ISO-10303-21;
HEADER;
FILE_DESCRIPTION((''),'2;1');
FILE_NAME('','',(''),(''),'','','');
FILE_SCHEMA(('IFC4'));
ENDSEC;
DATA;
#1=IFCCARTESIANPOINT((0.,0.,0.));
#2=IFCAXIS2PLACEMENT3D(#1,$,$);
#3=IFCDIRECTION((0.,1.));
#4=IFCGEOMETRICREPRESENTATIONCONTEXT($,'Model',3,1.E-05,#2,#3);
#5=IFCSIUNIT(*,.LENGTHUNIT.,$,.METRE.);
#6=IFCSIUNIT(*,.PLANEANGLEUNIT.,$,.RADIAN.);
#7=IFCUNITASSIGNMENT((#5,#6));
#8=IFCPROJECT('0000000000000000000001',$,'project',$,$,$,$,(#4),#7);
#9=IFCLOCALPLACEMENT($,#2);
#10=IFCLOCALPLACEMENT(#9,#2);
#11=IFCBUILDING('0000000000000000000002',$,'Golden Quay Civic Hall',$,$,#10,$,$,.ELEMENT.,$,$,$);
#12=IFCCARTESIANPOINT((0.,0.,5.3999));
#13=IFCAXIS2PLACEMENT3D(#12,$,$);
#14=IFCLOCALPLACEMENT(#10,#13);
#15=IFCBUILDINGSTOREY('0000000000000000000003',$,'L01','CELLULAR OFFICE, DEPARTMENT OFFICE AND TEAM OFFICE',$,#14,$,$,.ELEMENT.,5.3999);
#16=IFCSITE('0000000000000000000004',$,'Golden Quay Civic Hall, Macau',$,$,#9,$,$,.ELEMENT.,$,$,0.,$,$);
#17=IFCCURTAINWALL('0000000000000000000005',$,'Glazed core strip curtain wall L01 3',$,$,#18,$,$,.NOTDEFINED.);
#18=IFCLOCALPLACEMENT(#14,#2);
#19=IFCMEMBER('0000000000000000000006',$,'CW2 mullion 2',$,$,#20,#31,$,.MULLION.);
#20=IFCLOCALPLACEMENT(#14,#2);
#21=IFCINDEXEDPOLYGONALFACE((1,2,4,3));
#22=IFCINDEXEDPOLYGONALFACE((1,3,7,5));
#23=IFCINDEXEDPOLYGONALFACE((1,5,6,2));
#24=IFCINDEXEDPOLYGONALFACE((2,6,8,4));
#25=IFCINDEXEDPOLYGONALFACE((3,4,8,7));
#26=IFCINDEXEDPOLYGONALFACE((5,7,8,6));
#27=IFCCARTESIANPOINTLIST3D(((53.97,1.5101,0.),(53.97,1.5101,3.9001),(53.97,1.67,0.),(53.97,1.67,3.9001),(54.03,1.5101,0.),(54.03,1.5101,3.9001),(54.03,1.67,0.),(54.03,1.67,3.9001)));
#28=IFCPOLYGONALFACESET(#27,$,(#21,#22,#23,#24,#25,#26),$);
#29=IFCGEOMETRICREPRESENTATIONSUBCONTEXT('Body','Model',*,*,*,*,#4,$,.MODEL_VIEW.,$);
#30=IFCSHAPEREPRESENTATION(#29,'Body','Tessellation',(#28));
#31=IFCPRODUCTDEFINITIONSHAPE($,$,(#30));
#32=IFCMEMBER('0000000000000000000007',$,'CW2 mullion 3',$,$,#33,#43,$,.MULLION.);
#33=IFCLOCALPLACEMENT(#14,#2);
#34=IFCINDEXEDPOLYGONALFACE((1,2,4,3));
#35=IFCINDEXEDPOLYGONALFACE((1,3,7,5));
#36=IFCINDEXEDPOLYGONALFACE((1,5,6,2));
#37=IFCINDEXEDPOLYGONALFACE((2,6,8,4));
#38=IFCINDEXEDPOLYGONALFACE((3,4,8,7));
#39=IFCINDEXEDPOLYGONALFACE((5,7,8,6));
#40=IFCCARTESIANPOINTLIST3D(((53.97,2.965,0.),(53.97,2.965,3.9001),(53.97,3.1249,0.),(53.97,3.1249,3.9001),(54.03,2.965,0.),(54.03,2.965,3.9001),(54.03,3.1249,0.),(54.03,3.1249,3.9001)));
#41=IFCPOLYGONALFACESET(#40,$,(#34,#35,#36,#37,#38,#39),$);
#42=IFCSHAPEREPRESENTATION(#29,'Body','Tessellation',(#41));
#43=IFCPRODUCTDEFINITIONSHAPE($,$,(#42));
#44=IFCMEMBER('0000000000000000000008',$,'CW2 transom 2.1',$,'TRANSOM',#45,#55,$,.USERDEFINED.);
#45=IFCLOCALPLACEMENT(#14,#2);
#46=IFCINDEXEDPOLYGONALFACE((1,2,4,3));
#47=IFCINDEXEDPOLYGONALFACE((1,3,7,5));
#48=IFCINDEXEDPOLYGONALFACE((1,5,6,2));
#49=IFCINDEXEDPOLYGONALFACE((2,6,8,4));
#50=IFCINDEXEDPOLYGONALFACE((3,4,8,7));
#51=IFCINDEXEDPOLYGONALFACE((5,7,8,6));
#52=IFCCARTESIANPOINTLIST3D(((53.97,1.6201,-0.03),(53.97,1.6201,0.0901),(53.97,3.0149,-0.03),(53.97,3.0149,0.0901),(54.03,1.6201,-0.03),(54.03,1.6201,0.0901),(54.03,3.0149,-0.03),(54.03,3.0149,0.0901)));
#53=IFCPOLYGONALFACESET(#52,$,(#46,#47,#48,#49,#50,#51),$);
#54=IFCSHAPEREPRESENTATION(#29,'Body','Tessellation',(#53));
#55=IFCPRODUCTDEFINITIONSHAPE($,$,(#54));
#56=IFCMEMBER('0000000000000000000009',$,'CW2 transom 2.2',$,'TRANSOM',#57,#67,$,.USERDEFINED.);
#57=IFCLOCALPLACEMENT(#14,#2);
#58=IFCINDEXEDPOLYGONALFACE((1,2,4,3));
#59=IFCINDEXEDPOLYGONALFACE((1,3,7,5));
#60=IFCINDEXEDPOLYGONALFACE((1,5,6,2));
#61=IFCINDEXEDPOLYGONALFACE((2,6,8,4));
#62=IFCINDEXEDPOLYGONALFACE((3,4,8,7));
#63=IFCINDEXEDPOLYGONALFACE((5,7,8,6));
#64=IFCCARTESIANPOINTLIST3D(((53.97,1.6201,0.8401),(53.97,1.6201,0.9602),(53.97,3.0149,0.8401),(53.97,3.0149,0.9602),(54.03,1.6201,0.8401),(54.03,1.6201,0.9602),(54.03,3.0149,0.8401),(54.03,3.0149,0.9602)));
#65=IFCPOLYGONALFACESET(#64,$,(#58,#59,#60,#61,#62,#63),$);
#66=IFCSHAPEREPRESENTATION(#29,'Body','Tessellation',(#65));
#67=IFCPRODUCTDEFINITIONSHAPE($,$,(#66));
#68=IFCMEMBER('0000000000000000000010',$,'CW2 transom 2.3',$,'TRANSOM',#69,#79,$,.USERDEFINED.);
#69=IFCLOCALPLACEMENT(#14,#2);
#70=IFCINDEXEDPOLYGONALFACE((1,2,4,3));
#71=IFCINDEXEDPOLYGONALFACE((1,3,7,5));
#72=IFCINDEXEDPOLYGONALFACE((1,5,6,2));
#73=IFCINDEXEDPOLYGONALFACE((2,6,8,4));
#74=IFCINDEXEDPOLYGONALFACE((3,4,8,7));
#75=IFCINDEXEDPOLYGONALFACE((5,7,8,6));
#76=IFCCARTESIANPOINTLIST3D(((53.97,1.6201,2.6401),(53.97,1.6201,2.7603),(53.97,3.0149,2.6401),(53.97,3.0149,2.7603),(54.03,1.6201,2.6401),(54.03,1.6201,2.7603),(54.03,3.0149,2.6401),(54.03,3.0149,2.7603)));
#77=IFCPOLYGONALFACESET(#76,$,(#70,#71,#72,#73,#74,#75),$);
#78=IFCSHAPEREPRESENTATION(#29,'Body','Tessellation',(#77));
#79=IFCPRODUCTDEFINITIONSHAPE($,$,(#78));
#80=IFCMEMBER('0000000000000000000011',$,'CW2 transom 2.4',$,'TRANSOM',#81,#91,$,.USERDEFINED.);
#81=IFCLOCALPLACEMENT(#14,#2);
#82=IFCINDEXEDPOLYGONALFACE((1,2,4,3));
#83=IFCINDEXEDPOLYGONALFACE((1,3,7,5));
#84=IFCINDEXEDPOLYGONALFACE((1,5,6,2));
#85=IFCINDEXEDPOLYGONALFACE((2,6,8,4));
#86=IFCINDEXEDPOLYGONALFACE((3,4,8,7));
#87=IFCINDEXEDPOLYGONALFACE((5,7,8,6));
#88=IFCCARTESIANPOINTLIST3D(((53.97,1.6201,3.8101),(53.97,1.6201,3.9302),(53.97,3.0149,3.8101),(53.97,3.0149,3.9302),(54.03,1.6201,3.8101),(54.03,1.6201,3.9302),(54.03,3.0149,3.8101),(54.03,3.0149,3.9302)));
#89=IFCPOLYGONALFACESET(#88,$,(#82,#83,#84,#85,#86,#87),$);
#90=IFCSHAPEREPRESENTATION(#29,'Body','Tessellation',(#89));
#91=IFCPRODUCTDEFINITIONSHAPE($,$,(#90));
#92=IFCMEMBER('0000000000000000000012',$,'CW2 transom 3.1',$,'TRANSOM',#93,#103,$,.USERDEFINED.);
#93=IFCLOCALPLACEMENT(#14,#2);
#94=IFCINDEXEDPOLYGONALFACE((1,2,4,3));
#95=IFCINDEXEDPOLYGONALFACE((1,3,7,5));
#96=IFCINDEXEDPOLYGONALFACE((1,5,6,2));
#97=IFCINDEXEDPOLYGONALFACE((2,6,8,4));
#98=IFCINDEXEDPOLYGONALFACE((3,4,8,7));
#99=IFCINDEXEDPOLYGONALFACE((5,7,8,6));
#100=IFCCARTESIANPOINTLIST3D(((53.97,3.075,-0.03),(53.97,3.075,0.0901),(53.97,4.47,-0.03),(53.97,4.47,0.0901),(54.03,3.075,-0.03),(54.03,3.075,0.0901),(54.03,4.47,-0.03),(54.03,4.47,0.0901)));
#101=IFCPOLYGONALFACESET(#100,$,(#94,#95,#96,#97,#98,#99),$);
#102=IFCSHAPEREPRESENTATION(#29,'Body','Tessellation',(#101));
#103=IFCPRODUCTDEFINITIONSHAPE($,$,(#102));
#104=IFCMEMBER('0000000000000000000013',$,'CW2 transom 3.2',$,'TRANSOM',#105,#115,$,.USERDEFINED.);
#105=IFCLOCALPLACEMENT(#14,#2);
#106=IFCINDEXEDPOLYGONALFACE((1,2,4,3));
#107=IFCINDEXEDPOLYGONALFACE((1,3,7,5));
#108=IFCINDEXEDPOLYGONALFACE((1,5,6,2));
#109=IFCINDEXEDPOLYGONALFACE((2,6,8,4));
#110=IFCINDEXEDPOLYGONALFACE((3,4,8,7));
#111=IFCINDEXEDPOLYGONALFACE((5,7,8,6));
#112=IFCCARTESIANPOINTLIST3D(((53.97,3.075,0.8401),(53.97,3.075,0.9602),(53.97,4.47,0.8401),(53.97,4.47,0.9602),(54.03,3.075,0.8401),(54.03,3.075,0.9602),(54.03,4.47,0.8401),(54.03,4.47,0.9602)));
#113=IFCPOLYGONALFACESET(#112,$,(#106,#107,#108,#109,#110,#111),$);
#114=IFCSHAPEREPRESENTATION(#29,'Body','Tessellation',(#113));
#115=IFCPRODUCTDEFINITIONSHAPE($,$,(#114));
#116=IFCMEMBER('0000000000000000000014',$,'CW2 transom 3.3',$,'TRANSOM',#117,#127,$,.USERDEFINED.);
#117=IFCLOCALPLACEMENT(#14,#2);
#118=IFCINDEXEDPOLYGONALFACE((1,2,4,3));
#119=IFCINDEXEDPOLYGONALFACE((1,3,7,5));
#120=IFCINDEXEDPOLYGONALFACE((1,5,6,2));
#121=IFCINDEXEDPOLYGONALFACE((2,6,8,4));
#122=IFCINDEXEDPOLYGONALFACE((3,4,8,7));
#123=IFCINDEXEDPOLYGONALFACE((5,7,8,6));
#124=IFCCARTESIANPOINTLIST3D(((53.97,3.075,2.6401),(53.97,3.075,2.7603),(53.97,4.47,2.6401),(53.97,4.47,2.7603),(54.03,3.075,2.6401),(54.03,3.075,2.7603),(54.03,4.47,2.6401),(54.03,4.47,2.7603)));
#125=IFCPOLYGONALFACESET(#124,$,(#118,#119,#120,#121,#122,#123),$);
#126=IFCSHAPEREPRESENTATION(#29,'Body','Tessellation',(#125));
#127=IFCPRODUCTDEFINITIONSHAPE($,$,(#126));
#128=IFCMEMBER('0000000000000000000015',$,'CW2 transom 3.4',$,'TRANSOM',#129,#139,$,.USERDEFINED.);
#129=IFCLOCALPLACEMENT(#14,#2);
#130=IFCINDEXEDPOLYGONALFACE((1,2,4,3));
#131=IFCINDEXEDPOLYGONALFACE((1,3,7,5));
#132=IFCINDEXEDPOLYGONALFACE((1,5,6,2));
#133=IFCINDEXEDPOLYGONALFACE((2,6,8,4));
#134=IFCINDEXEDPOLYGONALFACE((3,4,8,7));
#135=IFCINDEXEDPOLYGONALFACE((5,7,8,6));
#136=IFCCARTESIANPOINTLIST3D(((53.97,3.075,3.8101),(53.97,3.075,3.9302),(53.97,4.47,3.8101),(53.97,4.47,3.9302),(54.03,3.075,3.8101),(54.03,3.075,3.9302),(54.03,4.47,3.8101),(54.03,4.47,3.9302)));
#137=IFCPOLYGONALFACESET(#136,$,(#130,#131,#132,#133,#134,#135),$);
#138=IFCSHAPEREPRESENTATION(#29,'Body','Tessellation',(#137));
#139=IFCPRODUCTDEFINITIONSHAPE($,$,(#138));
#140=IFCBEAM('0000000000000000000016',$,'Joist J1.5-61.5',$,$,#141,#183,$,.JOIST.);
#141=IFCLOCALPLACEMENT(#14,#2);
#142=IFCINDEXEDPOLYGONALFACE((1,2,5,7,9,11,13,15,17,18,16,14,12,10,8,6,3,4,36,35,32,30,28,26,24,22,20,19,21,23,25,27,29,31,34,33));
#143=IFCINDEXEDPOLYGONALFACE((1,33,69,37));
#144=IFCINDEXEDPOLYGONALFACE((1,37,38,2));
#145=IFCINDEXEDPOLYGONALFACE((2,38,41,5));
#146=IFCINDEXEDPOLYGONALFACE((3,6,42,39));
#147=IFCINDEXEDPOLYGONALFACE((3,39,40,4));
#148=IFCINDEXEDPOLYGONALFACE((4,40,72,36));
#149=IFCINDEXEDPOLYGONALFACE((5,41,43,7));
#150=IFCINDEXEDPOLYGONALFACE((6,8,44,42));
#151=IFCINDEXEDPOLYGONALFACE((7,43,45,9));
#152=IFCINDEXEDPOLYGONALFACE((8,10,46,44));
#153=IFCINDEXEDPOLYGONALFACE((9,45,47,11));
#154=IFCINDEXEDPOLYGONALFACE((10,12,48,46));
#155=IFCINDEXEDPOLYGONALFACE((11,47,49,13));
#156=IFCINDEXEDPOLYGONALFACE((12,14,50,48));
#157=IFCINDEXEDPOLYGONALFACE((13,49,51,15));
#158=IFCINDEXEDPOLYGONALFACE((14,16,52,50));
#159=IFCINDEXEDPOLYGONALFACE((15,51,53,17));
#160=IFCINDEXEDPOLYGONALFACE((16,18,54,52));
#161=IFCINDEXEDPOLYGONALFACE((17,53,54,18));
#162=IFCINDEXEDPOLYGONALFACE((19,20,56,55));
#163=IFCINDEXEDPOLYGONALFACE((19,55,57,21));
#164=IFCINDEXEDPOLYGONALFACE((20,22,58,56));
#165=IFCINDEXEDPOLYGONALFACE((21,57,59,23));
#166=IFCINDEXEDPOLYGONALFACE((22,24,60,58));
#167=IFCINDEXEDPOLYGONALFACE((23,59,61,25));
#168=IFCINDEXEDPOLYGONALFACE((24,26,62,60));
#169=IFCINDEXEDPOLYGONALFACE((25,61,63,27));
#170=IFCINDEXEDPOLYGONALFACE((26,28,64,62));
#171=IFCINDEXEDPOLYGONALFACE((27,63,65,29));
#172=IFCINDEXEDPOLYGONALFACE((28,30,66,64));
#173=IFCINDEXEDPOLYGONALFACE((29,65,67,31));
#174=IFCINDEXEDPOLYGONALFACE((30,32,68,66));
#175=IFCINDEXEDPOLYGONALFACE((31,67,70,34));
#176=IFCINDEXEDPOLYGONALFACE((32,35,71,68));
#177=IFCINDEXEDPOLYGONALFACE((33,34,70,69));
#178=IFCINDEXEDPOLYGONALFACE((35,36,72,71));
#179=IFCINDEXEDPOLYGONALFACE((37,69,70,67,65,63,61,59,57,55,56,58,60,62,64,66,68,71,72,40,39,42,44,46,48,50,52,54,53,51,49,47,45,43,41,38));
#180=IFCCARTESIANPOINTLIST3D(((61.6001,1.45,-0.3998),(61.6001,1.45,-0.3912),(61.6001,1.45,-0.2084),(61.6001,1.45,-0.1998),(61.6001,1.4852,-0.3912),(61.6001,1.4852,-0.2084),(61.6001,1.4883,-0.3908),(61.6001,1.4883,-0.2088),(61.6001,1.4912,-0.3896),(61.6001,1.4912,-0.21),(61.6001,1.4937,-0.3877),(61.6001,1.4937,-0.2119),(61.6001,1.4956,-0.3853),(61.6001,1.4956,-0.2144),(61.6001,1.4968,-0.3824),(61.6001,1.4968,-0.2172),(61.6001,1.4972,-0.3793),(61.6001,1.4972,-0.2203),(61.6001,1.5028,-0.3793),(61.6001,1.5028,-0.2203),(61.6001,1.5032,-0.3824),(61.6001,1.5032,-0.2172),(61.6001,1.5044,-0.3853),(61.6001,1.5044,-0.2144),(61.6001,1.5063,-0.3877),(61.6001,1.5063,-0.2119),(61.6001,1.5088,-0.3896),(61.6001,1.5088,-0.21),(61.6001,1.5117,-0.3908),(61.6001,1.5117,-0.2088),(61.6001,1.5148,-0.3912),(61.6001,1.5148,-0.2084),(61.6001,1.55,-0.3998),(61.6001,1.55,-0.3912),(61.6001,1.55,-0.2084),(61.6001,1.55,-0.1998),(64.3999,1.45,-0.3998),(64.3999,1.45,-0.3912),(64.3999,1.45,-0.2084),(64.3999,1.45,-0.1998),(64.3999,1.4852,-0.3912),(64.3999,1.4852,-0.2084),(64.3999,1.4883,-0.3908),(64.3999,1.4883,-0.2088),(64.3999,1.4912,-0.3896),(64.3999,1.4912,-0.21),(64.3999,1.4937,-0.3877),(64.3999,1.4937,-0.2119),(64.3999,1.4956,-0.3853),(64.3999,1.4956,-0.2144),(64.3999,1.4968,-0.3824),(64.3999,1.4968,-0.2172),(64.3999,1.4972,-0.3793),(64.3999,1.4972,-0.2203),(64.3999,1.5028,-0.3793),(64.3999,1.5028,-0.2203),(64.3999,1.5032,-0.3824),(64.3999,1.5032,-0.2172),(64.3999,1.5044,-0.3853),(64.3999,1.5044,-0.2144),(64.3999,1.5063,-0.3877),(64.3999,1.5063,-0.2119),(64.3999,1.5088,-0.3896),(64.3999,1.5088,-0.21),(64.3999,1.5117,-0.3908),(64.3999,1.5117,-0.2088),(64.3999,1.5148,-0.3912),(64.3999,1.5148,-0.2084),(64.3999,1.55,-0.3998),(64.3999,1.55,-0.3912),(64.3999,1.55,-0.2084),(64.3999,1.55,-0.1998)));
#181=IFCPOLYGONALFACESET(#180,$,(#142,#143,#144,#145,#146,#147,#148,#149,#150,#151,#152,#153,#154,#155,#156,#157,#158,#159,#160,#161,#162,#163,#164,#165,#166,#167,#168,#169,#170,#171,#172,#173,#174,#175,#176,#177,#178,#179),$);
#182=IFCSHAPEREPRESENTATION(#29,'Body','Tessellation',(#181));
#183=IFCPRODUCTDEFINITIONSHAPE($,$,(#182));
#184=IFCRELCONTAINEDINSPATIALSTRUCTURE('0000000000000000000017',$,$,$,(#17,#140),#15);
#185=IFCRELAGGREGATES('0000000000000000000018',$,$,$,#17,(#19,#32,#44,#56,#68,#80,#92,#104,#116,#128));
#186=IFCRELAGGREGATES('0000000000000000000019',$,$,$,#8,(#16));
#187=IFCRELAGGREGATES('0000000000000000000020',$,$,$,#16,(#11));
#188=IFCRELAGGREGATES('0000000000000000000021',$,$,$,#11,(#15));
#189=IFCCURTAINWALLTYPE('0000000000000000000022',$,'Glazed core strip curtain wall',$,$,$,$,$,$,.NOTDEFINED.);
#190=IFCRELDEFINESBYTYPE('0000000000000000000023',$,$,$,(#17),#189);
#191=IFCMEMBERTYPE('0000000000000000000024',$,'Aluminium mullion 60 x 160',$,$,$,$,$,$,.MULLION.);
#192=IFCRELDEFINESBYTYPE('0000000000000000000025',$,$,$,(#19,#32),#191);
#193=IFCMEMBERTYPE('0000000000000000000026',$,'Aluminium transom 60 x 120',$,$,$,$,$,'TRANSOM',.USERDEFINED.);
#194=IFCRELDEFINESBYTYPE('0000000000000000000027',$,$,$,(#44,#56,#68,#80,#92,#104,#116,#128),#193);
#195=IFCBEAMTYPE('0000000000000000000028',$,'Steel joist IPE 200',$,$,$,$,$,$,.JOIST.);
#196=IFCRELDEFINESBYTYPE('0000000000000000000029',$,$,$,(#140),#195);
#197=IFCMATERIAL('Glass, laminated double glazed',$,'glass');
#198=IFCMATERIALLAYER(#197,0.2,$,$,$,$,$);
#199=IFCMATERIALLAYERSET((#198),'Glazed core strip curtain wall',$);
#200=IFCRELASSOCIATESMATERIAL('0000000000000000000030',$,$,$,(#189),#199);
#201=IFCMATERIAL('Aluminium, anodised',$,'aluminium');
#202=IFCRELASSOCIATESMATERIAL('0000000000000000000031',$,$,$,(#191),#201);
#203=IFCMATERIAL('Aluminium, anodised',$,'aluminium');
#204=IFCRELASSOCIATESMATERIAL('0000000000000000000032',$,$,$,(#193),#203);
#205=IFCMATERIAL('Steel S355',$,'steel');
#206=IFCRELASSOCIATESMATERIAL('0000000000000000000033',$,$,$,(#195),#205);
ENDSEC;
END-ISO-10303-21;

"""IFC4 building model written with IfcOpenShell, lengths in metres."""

from ifc_helpers import new_model, si_unit, direction, frame, origin, origin_2d, place, context, subcontext, project, spatial, rectangle, i_section, extrude, material, layer, layer_set, material_profile, profile_set, type_object, element, aggregate, save


model = new_model("IFC4")

# Units and contexts
model_context = context("Model", 3, precision=1e-05, world=origin(), true_north=direction((0.0, 1.0)))
body_context = subcontext(model_context, "Body", "Model", "MODEL_VIEW")
ifc_project = project(units=[si_unit("LENGTHUNIT", "METRE"), si_unit("PLANEANGLEUNIT", "RADIAN")], contexts=[model_context])

# Site, building, storey
site_placement = place(None, origin())
site = spatial("IfcSite", under=ifc_project, at=site_placement, Name="Golden Quay Civic Hall, Macau", CompositionType="ELEMENT", RefElevation=0.0)
building_placement = place(site_placement, origin())
building = spatial("IfcBuilding", under=site, at=building_placement, Name="Golden Quay Civic Hall", CompositionType="ELEMENT")
storey_placement = place(building_placement, frame((0.0, 0.0, 5.3999)))
storey = spatial("IfcBuildingStorey", under=building, at=storey_placement, Name="L01", Description="CELLULAR OFFICE, DEPARTMENT OFFICE AND TEAM OFFICE", CompositionType="ELEMENT", Elevation=5.3999)

# Curtain wall, members
ifc_material_1 = material(Name="Glass, laminated double glazed", Category="glass")
ifc_layer_1 = layer(ifc_material_1, 0.2)
ifc_layer_set_1 = layer_set([ifc_layer_1], Name="Glazed core strip curtain wall")
curtain_wall_type = type_object("IfcCurtainWallType", Name="Glazed core strip curtain wall", PredefinedType="NOTDEFINED", material=ifc_layer_set_1)
curtain_wall_placement = place(storey_placement, origin())
curtain_wall = element("IfcCurtainWall", 1, at=curtain_wall_placement, inside=storey, type_object=curtain_wall_type, Name="Glazed core strip curtain wall L01 3", PredefinedType="NOTDEFINED")
ifc_material_2 = material(Name="Aluminium, anodised", Category="aluminium")
ifc_material_profile_1 = material_profile(ifc_material_2, rectangle(XDim=0.0601, YDim=0.1599, at=origin_2d()), Name="Aluminium 60 x 160")
ifc_profile_set_1 = profile_set([ifc_material_profile_1], Name="Aluminium, anodised")
member_type_1 = type_object("IfcMemberType", Name="Aluminium mullion 60 x 160", PredefinedType="MULLION", material=ifc_profile_set_1)
member_1_placement = place(storey_placement, frame((54.0, 1.5901, 0.0), z_axis=(0.0, 0.0, 1.0), x_axis=(-1.0, 0.0, 0.0)))
member_1 = element("IfcMember", 2, at=member_1_placement, type_object=member_type_1, Name="CW2 mullion 2", PredefinedType="MULLION", context=body_context, shape_type="SweptSolid", body=[
    extrude(rectangle(XDim=0.0601, YDim=0.1599, at=origin_2d()), origin(), (0.0, 0.0, 1.0), 3.9001),
])
member_2_placement = place(storey_placement, frame((54.0, 3.0449, 0.0), z_axis=(0.0, 0.0, 1.0), x_axis=(-1.0, 0.0, 0.0)))
member_2 = element("IfcMember", 3, at=member_2_placement, type_object=member_type_1, Name="CW2 mullion 3", PredefinedType="MULLION", context=body_context, shape_type="SweptSolid", body=[
    extrude(rectangle(XDim=0.0601, YDim=0.1599, at=origin_2d()), origin(), (0.0, 0.0, 1.0), 3.9001),
])
ifc_material_3 = material(Name="Aluminium, anodised", Category="aluminium")
ifc_material_profile_2 = material_profile(ifc_material_3, rectangle(XDim=0.0601, YDim=0.1201, at=origin_2d()), Name="Aluminium 60 x 120")
ifc_profile_set_2 = profile_set([ifc_material_profile_2], Name="Aluminium, anodised")
member_type_2 = type_object("IfcMemberType", Name="Aluminium transom 60 x 120", ElementType="TRANSOM", PredefinedType="USERDEFINED", material=ifc_profile_set_2)
member_3_placement = place(storey_placement, frame((54.0, 1.6201, 0.03), z_axis=(0.0, 1.0, 0.0), x_axis=(-1.0, 0.0, 0.0)))
member_3 = element("IfcMember", 4, at=member_3_placement, type_object=member_type_2, Name="CW2 transom 2.1", ObjectType="TRANSOM", PredefinedType="USERDEFINED", context=body_context, shape_type="SweptSolid", body=[
    extrude(rectangle(XDim=0.0601, YDim=0.1201, at=origin_2d()), origin(), (0.0, 0.0, 1.0), 1.3948),
])
member_4_placement = place(storey_placement, frame((54.0, 1.6201, 0.9001), z_axis=(0.0, 1.0, 0.0), x_axis=(-1.0, 0.0, 0.0)))
member_4 = element("IfcMember", 5, at=member_4_placement, type_object=member_type_2, Name="CW2 transom 2.2", ObjectType="TRANSOM", PredefinedType="USERDEFINED", context=body_context, shape_type="SweptSolid", body=[
    extrude(rectangle(XDim=0.0601, YDim=0.1201, at=origin_2d()), origin(), (0.0, 0.0, 1.0), 1.3948),
])
member_5_placement = place(storey_placement, frame((54.0, 1.6201, 2.7002), z_axis=(0.0, 1.0, 0.0), x_axis=(-1.0, 0.0, 0.0)))
member_5 = element("IfcMember", 6, at=member_5_placement, type_object=member_type_2, Name="CW2 transom 2.3", ObjectType="TRANSOM", PredefinedType="USERDEFINED", context=body_context, shape_type="SweptSolid", body=[
    extrude(rectangle(XDim=0.0601, YDim=0.1201, at=origin_2d()), origin(), (0.0, 0.0, 1.0), 1.3948),
])
member_6_placement = place(storey_placement, frame((54.0, 1.6201, 3.8701), z_axis=(0.0, 1.0, 0.0), x_axis=(-1.0, 0.0, 0.0)))
member_6 = element("IfcMember", 7, at=member_6_placement, type_object=member_type_2, Name="CW2 transom 2.4", ObjectType="TRANSOM", PredefinedType="USERDEFINED", context=body_context, shape_type="SweptSolid", body=[
    extrude(rectangle(XDim=0.0601, YDim=0.1201, at=origin_2d()), origin(), (0.0, 0.0, 1.0), 1.3948),
])
member_7_placement = place(storey_placement, frame((54.0, 3.075, 0.03), z_axis=(0.0, 1.0, 0.0), x_axis=(-1.0, 0.0, 0.0)))
member_7 = element("IfcMember", 8, at=member_7_placement, type_object=member_type_2, Name="CW2 transom 3.1", ObjectType="TRANSOM", PredefinedType="USERDEFINED", context=body_context, shape_type="SweptSolid", body=[
    extrude(rectangle(XDim=0.0601, YDim=0.1201, at=origin_2d()), origin(), (0.0, 0.0, 1.0), 1.395),
])
member_8_placement = place(storey_placement, frame((54.0, 3.075, 0.9001), z_axis=(0.0, 1.0, 0.0), x_axis=(-1.0, 0.0, 0.0)))
member_8 = element("IfcMember", 9, at=member_8_placement, type_object=member_type_2, Name="CW2 transom 3.2", ObjectType="TRANSOM", PredefinedType="USERDEFINED", context=body_context, shape_type="SweptSolid", body=[
    extrude(rectangle(XDim=0.0601, YDim=0.1201, at=origin_2d()), origin(), (0.0, 0.0, 1.0), 1.395),
])
member_9_placement = place(storey_placement, frame((54.0, 3.075, 2.7002), z_axis=(0.0, 1.0, 0.0), x_axis=(-1.0, 0.0, 0.0)))
member_9 = element("IfcMember", 10, at=member_9_placement, type_object=member_type_2, Name="CW2 transom 3.3", ObjectType="TRANSOM", PredefinedType="USERDEFINED", context=body_context, shape_type="SweptSolid", body=[
    extrude(rectangle(XDim=0.0601, YDim=0.1201, at=origin_2d()), origin(), (0.0, 0.0, 1.0), 1.395),
])
member_10_placement = place(storey_placement, frame((54.0, 3.075, 3.8701), z_axis=(0.0, 1.0, 0.0), x_axis=(-1.0, 0.0, 0.0)))
member_10 = element("IfcMember", 11, at=member_10_placement, type_object=member_type_2, Name="CW2 transom 3.4", ObjectType="TRANSOM", PredefinedType="USERDEFINED", context=body_context, shape_type="SweptSolid", body=[
    extrude(rectangle(XDim=0.0601, YDim=0.1201, at=origin_2d()), origin(), (0.0, 0.0, 1.0), 1.395),
])

# Beam
ifc_material_4 = material(Name="Steel S355", Category="steel")
ifc_material_profile_3 = material_profile(ifc_material_4, i_section(OverallWidth=0.1001, OverallDepth=0.2, WebThickness=0.0056, FlangeThickness=0.0085, FilletRadius=0.012, at=origin_2d()), Name="IPE 200")
ifc_profile_set_3 = profile_set([ifc_material_profile_3], Name="Steel S355")
beam_type_1 = type_object("IfcBeamType", Name="Steel joist IPE 200", PredefinedType="JOIST", material=ifc_profile_set_3)
beam_1_placement = place(storey_placement, frame((61.6001, 1.5, -0.2998), z_axis=(1.0, 0.0, 0.0), x_axis=(0.0, 1.0, 0.0)))
element("IfcBeam", 12, at=beam_1_placement, inside=storey, type_object=beam_type_1, Name="Joist J1.5-61.5", PredefinedType="JOIST", context=body_context, shape_type="SweptSolid", body=[
    extrude(i_section(OverallWidth=0.1001, OverallDepth=0.2, WebThickness=0.0056, FlangeThickness=0.0085, FilletRadius=0.012, at=origin_2d()), origin(), (0.0, 0.0, 1.0), 2.7998),
])

aggregate(curtain_wall, [member_1, member_2, member_3, member_4, member_5, member_6, member_7, member_8, member_9, member_10])

save(model, "model.ifc")
